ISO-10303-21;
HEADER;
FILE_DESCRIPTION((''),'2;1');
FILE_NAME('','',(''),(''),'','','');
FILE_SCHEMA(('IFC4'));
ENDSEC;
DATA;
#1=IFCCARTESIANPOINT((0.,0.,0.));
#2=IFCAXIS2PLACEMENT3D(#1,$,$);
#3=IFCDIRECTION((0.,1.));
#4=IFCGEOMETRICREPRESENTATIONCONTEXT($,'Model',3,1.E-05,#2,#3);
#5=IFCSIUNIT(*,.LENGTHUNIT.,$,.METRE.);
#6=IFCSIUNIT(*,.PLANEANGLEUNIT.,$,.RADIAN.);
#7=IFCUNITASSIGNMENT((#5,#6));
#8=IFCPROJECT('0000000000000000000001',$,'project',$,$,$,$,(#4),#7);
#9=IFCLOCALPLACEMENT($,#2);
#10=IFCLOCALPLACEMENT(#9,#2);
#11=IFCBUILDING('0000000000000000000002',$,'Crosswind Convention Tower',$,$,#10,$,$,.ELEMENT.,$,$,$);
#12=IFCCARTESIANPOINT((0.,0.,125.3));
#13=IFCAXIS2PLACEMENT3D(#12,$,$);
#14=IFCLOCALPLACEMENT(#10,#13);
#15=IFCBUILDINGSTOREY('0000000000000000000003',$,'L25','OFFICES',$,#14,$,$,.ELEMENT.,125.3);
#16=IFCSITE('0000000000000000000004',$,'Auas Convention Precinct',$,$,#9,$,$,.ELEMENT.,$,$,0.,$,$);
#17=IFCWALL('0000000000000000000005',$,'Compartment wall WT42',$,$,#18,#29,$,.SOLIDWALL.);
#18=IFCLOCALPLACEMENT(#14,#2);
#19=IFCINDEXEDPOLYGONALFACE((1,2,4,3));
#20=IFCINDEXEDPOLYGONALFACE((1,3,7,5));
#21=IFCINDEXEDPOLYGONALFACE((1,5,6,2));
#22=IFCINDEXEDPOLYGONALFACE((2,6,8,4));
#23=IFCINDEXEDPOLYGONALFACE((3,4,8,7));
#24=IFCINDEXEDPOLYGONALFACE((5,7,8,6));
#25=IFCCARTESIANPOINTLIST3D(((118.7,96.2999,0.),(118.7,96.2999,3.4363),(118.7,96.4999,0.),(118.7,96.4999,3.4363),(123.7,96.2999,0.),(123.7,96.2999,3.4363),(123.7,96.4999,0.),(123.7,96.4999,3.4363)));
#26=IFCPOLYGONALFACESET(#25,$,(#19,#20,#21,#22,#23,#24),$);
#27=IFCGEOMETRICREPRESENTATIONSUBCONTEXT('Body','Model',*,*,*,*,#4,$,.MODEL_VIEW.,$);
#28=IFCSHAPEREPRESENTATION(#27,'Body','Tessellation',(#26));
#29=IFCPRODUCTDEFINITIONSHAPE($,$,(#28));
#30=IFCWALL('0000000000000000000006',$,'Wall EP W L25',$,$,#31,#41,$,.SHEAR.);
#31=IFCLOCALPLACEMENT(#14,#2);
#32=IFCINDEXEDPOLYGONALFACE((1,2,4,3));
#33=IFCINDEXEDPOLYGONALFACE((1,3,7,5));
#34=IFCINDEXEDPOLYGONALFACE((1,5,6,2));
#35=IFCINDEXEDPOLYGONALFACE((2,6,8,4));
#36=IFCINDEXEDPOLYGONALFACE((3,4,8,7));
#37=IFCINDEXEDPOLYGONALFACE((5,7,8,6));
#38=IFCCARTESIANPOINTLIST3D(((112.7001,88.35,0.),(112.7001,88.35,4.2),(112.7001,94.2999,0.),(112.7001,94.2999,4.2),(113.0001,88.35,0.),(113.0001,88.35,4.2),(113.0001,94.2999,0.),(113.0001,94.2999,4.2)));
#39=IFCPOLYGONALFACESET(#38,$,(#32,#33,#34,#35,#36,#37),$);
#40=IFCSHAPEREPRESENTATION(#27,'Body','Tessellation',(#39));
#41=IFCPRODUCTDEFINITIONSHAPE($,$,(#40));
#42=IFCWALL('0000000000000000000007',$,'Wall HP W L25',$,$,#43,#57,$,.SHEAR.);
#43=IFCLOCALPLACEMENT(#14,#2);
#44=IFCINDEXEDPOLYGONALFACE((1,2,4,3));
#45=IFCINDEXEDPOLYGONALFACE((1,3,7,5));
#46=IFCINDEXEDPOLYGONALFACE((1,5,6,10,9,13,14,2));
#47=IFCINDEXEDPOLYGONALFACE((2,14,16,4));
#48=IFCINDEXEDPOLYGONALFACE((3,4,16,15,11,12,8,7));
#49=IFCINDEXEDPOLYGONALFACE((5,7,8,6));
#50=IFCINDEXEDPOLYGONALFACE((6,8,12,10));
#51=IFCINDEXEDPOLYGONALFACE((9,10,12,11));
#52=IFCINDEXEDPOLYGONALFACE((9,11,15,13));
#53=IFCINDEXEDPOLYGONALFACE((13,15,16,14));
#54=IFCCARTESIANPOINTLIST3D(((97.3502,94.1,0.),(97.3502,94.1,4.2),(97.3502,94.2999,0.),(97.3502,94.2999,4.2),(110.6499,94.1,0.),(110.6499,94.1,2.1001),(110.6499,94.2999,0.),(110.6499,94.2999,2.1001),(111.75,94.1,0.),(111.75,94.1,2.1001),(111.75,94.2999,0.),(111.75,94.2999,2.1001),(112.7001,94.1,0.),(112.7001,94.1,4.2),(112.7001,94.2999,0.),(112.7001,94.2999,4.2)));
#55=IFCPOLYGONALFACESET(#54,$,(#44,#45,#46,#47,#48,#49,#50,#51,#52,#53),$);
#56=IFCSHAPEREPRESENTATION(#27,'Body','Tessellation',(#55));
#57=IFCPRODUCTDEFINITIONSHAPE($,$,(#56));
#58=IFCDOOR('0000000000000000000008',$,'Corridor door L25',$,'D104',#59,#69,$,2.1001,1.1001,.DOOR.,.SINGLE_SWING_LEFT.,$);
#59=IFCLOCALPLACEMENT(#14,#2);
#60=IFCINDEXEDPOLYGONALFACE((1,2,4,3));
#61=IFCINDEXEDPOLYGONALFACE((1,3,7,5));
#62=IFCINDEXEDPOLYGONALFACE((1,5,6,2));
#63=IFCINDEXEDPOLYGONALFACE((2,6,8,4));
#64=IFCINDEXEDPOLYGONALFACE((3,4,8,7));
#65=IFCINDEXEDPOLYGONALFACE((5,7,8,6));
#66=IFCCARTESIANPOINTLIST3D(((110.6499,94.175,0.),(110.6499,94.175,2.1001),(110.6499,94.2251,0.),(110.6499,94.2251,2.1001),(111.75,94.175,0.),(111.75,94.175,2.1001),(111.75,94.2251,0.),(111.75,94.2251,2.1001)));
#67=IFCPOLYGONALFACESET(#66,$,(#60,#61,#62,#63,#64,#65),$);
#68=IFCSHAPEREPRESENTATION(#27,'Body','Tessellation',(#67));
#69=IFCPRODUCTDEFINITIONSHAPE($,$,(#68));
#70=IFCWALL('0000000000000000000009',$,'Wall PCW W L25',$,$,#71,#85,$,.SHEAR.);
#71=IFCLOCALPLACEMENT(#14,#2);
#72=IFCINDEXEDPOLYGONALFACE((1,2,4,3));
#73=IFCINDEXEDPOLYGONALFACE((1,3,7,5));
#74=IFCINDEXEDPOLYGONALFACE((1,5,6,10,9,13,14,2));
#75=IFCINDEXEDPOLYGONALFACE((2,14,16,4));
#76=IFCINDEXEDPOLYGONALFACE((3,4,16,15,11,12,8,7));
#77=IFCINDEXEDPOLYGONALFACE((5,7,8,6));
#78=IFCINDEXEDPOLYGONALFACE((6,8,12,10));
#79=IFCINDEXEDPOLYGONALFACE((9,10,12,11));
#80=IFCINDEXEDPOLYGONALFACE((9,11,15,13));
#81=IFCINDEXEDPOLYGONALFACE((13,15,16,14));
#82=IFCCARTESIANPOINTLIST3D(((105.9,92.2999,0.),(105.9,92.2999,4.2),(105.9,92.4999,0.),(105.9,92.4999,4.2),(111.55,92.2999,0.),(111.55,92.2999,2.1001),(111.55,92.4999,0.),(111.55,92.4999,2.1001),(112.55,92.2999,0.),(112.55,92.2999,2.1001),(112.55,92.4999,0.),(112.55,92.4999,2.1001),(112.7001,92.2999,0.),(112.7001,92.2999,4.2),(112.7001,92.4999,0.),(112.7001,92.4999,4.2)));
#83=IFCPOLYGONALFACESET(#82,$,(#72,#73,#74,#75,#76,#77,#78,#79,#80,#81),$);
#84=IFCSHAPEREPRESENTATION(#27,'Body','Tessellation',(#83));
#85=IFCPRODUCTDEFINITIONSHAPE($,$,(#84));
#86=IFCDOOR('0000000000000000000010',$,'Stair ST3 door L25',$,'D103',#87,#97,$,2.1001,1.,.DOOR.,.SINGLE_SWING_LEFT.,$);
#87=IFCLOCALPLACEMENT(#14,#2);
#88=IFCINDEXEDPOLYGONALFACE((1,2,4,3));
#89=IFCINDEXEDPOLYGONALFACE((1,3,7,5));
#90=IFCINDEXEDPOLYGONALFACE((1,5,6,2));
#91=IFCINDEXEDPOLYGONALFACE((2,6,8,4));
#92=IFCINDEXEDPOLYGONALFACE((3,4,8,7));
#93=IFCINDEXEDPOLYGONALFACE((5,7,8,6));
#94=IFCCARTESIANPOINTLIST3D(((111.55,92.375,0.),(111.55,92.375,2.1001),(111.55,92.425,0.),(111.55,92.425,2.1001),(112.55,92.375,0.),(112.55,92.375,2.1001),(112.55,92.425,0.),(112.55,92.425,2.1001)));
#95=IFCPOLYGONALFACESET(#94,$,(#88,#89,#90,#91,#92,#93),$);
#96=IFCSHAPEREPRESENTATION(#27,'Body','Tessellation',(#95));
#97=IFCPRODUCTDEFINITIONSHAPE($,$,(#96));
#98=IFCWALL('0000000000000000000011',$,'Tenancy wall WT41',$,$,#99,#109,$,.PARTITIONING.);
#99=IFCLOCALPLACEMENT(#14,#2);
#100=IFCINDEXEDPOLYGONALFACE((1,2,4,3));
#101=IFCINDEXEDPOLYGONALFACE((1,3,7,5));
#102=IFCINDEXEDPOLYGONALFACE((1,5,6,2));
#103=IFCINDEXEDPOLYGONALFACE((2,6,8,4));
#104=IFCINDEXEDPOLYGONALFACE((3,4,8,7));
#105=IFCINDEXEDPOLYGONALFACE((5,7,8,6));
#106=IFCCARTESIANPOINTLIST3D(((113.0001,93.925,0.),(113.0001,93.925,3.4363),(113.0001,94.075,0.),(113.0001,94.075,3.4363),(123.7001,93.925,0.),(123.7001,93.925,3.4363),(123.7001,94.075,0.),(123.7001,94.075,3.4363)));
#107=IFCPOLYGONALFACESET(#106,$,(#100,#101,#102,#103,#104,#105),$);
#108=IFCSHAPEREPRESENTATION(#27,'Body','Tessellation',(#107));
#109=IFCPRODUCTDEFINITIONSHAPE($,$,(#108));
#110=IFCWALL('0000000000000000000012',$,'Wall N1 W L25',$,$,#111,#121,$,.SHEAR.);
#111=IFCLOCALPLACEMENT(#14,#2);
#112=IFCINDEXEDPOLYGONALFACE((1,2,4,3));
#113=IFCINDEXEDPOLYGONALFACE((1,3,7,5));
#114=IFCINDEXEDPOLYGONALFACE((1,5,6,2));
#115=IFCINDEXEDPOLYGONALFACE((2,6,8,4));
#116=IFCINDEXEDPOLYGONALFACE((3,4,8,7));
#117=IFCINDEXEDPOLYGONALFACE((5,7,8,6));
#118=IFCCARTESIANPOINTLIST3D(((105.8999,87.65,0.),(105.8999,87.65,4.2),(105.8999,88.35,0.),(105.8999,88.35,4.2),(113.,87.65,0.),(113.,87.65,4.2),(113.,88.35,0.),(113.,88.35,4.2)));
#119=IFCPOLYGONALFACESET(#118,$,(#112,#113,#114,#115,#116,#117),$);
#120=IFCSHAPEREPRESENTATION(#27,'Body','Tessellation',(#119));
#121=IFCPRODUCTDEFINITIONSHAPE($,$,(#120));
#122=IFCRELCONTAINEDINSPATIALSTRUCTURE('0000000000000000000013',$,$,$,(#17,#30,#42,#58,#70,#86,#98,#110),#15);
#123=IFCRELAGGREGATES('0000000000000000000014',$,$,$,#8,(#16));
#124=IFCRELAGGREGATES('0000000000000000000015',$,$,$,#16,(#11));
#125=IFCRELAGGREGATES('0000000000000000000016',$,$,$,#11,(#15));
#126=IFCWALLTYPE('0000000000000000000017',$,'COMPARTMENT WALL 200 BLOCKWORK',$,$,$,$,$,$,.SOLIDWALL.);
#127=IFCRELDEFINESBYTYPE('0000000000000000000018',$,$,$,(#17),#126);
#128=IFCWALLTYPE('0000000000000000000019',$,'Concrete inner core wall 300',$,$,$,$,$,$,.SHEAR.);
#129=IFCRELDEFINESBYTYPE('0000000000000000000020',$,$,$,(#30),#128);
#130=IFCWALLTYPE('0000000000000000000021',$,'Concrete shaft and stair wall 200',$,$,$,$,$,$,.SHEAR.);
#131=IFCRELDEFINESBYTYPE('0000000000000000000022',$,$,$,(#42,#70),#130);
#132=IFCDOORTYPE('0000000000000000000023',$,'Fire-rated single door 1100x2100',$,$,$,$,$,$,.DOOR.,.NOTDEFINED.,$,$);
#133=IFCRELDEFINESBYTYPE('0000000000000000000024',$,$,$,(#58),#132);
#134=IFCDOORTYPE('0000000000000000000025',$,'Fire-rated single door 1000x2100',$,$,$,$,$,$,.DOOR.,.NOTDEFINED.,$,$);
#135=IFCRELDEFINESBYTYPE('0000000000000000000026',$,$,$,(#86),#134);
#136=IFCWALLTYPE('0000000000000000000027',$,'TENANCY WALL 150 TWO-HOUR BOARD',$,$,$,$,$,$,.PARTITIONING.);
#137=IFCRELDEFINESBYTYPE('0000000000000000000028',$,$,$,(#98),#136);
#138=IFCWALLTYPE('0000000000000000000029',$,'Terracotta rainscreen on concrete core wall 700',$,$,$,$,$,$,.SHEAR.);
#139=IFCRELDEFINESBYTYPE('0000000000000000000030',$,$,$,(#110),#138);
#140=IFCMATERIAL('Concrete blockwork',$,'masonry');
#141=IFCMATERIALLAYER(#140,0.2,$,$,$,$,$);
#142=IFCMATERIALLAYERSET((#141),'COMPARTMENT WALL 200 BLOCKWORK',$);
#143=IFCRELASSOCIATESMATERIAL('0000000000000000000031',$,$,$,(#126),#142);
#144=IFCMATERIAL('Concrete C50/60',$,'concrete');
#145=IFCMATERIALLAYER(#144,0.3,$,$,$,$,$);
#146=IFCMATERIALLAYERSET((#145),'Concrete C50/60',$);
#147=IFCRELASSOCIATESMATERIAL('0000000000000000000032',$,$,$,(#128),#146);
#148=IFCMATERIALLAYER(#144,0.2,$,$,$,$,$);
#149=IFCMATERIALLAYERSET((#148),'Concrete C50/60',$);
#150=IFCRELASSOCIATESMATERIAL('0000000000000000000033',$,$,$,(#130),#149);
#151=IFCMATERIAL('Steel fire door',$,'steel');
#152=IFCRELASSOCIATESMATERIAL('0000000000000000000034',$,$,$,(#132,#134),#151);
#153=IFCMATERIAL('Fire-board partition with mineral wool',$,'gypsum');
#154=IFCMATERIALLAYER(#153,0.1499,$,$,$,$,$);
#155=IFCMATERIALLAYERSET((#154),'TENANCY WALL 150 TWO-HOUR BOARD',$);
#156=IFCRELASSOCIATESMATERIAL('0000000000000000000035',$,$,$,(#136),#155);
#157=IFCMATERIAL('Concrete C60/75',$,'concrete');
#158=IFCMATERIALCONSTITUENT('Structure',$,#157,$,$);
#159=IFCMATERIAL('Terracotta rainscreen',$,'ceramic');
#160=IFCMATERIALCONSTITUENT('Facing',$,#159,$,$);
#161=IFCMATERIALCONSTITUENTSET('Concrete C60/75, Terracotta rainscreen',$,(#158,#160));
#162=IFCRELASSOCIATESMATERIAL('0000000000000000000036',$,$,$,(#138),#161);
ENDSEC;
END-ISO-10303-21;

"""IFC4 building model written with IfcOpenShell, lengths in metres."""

from ifc_helpers import new_model, si_unit, direction, frame, frame_2d, origin, place, context, subcontext, project, spatial, rectangle, extrude, material, layer, layer_set, constituent, constituent_set, type_object, element, fill, save


model = new_model("IFC4")

# Units and contexts
model_context = context("Model", 3, precision=1e-05, world=origin(), true_north=direction((0.0, 1.0)))
body_context = subcontext(model_context, "Body", "Model", "MODEL_VIEW")
ifc_project = project(units=[si_unit("LENGTHUNIT", "METRE"), si_unit("PLANEANGLEUNIT", "RADIAN")], contexts=[model_context])

# Site, building, storey
site_placement = place(None, origin())
site = spatial("IfcSite", under=ifc_project, at=site_placement, Name="Auas Convention Precinct", CompositionType="ELEMENT", RefElevation=0.0)
building_placement = place(site_placement, origin())
building = spatial("IfcBuilding", under=site, at=building_placement, Name="Crosswind Convention Tower", CompositionType="ELEMENT")
storey_placement = place(building_placement, frame((0.0, 0.0, 125.3)))
storey = spatial("IfcBuildingStorey", under=building, at=storey_placement, Name="L25", Description="OFFICES", CompositionType="ELEMENT", Elevation=125.3)

# Walls
ifc_material_1 = material(Name="Concrete blockwork", Category="masonry")
ifc_layer_1 = layer(ifc_material_1, 0.2)
ifc_layer_set_1 = layer_set([ifc_layer_1], Name="COMPARTMENT WALL 200 BLOCKWORK")
wall_type_1 = type_object("IfcWallType", Name="COMPARTMENT WALL 200 BLOCKWORK", PredefinedType="SOLIDWALL", material=ifc_layer_set_1)
wall_1_placement = place(storey_placement, frame((118.7, 96.3999, 0.0), z_axis=(0.0, 0.0, 1.0), x_axis=(1.0, 0.0, 0.0)))
element("IfcWall", 1, at=wall_1_placement, inside=storey, type_object=wall_type_1, Name="Compartment wall WT42", PredefinedType="SOLIDWALL", context=body_context, shape_type="SweptSolid", body=[
    extrude(rectangle(XDim=5.0, YDim=0.2, at=frame_2d((2.5, 0.0))), origin(), (0.0, 0.0, 1.0), 3.4363),
])
ifc_material_2 = material(Name="Concrete C50/60", Category="concrete")
ifc_layer_2 = layer(ifc_material_2, 0.3)
ifc_layer_set_2 = layer_set([ifc_layer_2], Name="Concrete C50/60")
wall_type_2 = type_object("IfcWallType", Name="Concrete inner core wall 300", PredefinedType="SHEAR", material=ifc_layer_set_2)
wall_2_placement = place(storey_placement, frame((112.8501, 94.3, 0.0), z_axis=(0.0, 0.0, 1.0), x_axis=(0.0, -1.0, 0.0)))
element("IfcWall", 2, at=wall_2_placement, inside=storey, type_object=wall_type_2, Name="Wall EP W L25", PredefinedType="SHEAR", context=body_context, shape_type="SweptSolid", body=[
    extrude(rectangle(XDim=5.95, YDim=0.3, at=frame_2d((2.9751, 0.0))), origin(), (0.0, 0.0, 1.0), 4.2),
])

# Walls, openings, doors
ifc_layer_3 = layer(ifc_material_2, 0.2)
ifc_layer_set_3 = layer_set([ifc_layer_3], Name="Concrete C50/60")
wall_type_3 = type_object("IfcWallType", Name="Concrete shaft and stair wall 200", PredefinedType="SHEAR", material=ifc_layer_set_3)
wall_3_placement = place(storey_placement, frame((112.7, 94.2, 0.0), z_axis=(0.0, 0.0, 1.0), x_axis=(-1.0, 0.0, 0.0)))
wall_3 = element("IfcWall", 3, at=wall_3_placement, inside=storey, type_object=wall_type_3, Name="Wall HP W L25", PredefinedType="SHEAR", context=body_context, shape_type="SweptSolid", body=[
    extrude(rectangle(XDim=15.3499, YDim=0.2, at=frame_2d((7.6748, 0.0))), origin(), (0.0, 0.0, 1.0), 4.2),
])
opening_1_placement = place(wall_3_placement, frame((0.95, 0.0, 0.0)))
opening_1 = element("IfcOpeningElement", 4, at=opening_1_placement, cuts=wall_3, PredefinedType="OPENING", context=body_context, shape_type="SweptSolid", body=[
    extrude(rectangle(XDim=1.1001, YDim=2.1001, at=frame_2d((0.55, 1.05))), frame((0.0, 0.1099, 0.0), z_axis=(0.0, -1.0, 0.0), x_axis=(1.0, 0.0, 0.0)), (0.0, 0.0, 1.0), 0.22),
])
ifc_material_3 = material(Name="Steel fire door", Category="steel")
door_type_1 = type_object("IfcDoorType", Name="Fire-rated single door 1100x2100", OperationType="NOTDEFINED", PredefinedType="DOOR", material=ifc_material_3)
door_1_placement = place(opening_1_placement, origin())
door_1 = element("IfcDoor", 5, at=door_1_placement, inside=storey, type_object=door_type_1, Name="Corridor door L25", ObjectType="D104", OperationType="SINGLE_SWING_LEFT", OverallHeight=2.1001, OverallWidth=1.1001, PredefinedType="DOOR", context=body_context, shape_type="SweptSolid", body=[
    extrude(rectangle(XDim=1.1001, YDim=2.1001, at=frame_2d((0.55, 1.05))), frame((0.0, 0.0249, 0.0), z_axis=(0.0, -1.0, 0.0), x_axis=(1.0, 0.0, 0.0)), (0.0, 0.0, 1.0), 0.05),
])
fill(opening_1, door_1)
wall_4_placement = place(storey_placement, frame((112.7, 92.3999, 0.0), z_axis=(0.0, 0.0, 1.0), x_axis=(-1.0, 0.0, 0.0)))
wall_4 = element("IfcWall", 6, at=wall_4_placement, inside=storey, type_object=wall_type_3, Name="Wall PCW W L25", PredefinedType="SHEAR", context=body_context, shape_type="SweptSolid", body=[
    extrude(rectangle(XDim=6.8, YDim=0.2, at=frame_2d((3.3999, 0.0))), origin(), (0.0, 0.0, 1.0), 4.2),
])
opening_2_placement = place(wall_4_placement, frame((0.1499, 0.0, 0.0)))
opening_2 = element("IfcOpeningElement", 7, at=opening_2_placement, cuts=wall_4, PredefinedType="OPENING", context=body_context, shape_type="SweptSolid", body=[
    extrude(rectangle(XDim=1.0, YDim=2.1001, at=frame_2d((0.5, 1.05))), frame((0.0, 0.1099, 0.0), z_axis=(0.0, -1.0, 0.0), x_axis=(1.0, 0.0, 0.0)), (0.0, 0.0, 1.0), 0.22),
])
door_type_2 = type_object("IfcDoorType", Name="Fire-rated single door 1000x2100", OperationType="NOTDEFINED", PredefinedType="DOOR", material=ifc_material_3)
door_2_placement = place(opening_2_placement, origin())
door_2 = element("IfcDoor", 8, at=door_2_placement, inside=storey, type_object=door_type_2, Name="Stair ST3 door L25", ObjectType="D103", OperationType="SINGLE_SWING_LEFT", OverallHeight=2.1001, OverallWidth=1.0, PredefinedType="DOOR", context=body_context, shape_type="SweptSolid", body=[
    extrude(rectangle(XDim=1.0, YDim=2.1001, at=frame_2d((0.5, 1.05))), frame((0.0, 0.0249, 0.0), z_axis=(0.0, -1.0, 0.0), x_axis=(1.0, 0.0, 0.0)), (0.0, 0.0, 1.0), 0.05),
])
fill(opening_2, door_2)

# Walls
ifc_material_4 = material(Name="Fire-board partition with mineral wool", Category="gypsum")
ifc_layer_4 = layer(ifc_material_4, 0.1499)
ifc_layer_set_4 = layer_set([ifc_layer_4], Name="TENANCY WALL 150 TWO-HOUR BOARD")
wall_type_4 = type_object("IfcWallType", Name="TENANCY WALL 150 TWO-HOUR BOARD", PredefinedType="PARTITIONING", material=ifc_layer_set_4)
wall_5_placement = place(storey_placement, frame((113.0, 94.0, 0.0), z_axis=(0.0, 0.0, 1.0), x_axis=(1.0, 0.0, 0.0)))
element("IfcWall", 9, at=wall_5_placement, inside=storey, type_object=wall_type_4, Name="Tenancy wall WT41", PredefinedType="PARTITIONING", context=body_context, shape_type="SweptSolid", body=[
    extrude(rectangle(XDim=10.7, YDim=0.1499, at=frame_2d((5.3501, 0.0))), origin(), (0.0, 0.0, 1.0), 3.4363),
])
ifc_material_5 = material(Name="Concrete C60/75", Category="concrete")
ifc_constituent_1 = constituent(ifc_material_5, Name="Structure")
ifc_material_6 = material(Name="Terracotta rainscreen", Category="ceramic")
ifc_constituent_2 = constituent(ifc_material_6, Name="Facing")
ifc_constituent_set = constituent_set(constituents=[ifc_constituent_1, ifc_constituent_2], Name="Concrete C60/75, Terracotta rainscreen")
wall_type_5 = type_object("IfcWallType", Name="Terracotta rainscreen on concrete core wall 700", PredefinedType="SHEAR", material=ifc_constituent_set)
wall_6_placement = place(storey_placement, frame((113.0, 88.0, 0.0), z_axis=(0.0, 0.0, 1.0), x_axis=(-1.0, 0.0, 0.0)))
element("IfcWall", 10, at=wall_6_placement, inside=storey, type_object=wall_type_5, Name="Wall N1 W L25", PredefinedType="SHEAR", context=body_context, shape_type="SweptSolid", body=[
    extrude(rectangle(XDim=7.1001, YDim=0.7, at=frame_2d((3.55, 0.0))), origin(), (0.0, 0.0, 1.0), 4.2),
])

save(model, "model.ifc")
